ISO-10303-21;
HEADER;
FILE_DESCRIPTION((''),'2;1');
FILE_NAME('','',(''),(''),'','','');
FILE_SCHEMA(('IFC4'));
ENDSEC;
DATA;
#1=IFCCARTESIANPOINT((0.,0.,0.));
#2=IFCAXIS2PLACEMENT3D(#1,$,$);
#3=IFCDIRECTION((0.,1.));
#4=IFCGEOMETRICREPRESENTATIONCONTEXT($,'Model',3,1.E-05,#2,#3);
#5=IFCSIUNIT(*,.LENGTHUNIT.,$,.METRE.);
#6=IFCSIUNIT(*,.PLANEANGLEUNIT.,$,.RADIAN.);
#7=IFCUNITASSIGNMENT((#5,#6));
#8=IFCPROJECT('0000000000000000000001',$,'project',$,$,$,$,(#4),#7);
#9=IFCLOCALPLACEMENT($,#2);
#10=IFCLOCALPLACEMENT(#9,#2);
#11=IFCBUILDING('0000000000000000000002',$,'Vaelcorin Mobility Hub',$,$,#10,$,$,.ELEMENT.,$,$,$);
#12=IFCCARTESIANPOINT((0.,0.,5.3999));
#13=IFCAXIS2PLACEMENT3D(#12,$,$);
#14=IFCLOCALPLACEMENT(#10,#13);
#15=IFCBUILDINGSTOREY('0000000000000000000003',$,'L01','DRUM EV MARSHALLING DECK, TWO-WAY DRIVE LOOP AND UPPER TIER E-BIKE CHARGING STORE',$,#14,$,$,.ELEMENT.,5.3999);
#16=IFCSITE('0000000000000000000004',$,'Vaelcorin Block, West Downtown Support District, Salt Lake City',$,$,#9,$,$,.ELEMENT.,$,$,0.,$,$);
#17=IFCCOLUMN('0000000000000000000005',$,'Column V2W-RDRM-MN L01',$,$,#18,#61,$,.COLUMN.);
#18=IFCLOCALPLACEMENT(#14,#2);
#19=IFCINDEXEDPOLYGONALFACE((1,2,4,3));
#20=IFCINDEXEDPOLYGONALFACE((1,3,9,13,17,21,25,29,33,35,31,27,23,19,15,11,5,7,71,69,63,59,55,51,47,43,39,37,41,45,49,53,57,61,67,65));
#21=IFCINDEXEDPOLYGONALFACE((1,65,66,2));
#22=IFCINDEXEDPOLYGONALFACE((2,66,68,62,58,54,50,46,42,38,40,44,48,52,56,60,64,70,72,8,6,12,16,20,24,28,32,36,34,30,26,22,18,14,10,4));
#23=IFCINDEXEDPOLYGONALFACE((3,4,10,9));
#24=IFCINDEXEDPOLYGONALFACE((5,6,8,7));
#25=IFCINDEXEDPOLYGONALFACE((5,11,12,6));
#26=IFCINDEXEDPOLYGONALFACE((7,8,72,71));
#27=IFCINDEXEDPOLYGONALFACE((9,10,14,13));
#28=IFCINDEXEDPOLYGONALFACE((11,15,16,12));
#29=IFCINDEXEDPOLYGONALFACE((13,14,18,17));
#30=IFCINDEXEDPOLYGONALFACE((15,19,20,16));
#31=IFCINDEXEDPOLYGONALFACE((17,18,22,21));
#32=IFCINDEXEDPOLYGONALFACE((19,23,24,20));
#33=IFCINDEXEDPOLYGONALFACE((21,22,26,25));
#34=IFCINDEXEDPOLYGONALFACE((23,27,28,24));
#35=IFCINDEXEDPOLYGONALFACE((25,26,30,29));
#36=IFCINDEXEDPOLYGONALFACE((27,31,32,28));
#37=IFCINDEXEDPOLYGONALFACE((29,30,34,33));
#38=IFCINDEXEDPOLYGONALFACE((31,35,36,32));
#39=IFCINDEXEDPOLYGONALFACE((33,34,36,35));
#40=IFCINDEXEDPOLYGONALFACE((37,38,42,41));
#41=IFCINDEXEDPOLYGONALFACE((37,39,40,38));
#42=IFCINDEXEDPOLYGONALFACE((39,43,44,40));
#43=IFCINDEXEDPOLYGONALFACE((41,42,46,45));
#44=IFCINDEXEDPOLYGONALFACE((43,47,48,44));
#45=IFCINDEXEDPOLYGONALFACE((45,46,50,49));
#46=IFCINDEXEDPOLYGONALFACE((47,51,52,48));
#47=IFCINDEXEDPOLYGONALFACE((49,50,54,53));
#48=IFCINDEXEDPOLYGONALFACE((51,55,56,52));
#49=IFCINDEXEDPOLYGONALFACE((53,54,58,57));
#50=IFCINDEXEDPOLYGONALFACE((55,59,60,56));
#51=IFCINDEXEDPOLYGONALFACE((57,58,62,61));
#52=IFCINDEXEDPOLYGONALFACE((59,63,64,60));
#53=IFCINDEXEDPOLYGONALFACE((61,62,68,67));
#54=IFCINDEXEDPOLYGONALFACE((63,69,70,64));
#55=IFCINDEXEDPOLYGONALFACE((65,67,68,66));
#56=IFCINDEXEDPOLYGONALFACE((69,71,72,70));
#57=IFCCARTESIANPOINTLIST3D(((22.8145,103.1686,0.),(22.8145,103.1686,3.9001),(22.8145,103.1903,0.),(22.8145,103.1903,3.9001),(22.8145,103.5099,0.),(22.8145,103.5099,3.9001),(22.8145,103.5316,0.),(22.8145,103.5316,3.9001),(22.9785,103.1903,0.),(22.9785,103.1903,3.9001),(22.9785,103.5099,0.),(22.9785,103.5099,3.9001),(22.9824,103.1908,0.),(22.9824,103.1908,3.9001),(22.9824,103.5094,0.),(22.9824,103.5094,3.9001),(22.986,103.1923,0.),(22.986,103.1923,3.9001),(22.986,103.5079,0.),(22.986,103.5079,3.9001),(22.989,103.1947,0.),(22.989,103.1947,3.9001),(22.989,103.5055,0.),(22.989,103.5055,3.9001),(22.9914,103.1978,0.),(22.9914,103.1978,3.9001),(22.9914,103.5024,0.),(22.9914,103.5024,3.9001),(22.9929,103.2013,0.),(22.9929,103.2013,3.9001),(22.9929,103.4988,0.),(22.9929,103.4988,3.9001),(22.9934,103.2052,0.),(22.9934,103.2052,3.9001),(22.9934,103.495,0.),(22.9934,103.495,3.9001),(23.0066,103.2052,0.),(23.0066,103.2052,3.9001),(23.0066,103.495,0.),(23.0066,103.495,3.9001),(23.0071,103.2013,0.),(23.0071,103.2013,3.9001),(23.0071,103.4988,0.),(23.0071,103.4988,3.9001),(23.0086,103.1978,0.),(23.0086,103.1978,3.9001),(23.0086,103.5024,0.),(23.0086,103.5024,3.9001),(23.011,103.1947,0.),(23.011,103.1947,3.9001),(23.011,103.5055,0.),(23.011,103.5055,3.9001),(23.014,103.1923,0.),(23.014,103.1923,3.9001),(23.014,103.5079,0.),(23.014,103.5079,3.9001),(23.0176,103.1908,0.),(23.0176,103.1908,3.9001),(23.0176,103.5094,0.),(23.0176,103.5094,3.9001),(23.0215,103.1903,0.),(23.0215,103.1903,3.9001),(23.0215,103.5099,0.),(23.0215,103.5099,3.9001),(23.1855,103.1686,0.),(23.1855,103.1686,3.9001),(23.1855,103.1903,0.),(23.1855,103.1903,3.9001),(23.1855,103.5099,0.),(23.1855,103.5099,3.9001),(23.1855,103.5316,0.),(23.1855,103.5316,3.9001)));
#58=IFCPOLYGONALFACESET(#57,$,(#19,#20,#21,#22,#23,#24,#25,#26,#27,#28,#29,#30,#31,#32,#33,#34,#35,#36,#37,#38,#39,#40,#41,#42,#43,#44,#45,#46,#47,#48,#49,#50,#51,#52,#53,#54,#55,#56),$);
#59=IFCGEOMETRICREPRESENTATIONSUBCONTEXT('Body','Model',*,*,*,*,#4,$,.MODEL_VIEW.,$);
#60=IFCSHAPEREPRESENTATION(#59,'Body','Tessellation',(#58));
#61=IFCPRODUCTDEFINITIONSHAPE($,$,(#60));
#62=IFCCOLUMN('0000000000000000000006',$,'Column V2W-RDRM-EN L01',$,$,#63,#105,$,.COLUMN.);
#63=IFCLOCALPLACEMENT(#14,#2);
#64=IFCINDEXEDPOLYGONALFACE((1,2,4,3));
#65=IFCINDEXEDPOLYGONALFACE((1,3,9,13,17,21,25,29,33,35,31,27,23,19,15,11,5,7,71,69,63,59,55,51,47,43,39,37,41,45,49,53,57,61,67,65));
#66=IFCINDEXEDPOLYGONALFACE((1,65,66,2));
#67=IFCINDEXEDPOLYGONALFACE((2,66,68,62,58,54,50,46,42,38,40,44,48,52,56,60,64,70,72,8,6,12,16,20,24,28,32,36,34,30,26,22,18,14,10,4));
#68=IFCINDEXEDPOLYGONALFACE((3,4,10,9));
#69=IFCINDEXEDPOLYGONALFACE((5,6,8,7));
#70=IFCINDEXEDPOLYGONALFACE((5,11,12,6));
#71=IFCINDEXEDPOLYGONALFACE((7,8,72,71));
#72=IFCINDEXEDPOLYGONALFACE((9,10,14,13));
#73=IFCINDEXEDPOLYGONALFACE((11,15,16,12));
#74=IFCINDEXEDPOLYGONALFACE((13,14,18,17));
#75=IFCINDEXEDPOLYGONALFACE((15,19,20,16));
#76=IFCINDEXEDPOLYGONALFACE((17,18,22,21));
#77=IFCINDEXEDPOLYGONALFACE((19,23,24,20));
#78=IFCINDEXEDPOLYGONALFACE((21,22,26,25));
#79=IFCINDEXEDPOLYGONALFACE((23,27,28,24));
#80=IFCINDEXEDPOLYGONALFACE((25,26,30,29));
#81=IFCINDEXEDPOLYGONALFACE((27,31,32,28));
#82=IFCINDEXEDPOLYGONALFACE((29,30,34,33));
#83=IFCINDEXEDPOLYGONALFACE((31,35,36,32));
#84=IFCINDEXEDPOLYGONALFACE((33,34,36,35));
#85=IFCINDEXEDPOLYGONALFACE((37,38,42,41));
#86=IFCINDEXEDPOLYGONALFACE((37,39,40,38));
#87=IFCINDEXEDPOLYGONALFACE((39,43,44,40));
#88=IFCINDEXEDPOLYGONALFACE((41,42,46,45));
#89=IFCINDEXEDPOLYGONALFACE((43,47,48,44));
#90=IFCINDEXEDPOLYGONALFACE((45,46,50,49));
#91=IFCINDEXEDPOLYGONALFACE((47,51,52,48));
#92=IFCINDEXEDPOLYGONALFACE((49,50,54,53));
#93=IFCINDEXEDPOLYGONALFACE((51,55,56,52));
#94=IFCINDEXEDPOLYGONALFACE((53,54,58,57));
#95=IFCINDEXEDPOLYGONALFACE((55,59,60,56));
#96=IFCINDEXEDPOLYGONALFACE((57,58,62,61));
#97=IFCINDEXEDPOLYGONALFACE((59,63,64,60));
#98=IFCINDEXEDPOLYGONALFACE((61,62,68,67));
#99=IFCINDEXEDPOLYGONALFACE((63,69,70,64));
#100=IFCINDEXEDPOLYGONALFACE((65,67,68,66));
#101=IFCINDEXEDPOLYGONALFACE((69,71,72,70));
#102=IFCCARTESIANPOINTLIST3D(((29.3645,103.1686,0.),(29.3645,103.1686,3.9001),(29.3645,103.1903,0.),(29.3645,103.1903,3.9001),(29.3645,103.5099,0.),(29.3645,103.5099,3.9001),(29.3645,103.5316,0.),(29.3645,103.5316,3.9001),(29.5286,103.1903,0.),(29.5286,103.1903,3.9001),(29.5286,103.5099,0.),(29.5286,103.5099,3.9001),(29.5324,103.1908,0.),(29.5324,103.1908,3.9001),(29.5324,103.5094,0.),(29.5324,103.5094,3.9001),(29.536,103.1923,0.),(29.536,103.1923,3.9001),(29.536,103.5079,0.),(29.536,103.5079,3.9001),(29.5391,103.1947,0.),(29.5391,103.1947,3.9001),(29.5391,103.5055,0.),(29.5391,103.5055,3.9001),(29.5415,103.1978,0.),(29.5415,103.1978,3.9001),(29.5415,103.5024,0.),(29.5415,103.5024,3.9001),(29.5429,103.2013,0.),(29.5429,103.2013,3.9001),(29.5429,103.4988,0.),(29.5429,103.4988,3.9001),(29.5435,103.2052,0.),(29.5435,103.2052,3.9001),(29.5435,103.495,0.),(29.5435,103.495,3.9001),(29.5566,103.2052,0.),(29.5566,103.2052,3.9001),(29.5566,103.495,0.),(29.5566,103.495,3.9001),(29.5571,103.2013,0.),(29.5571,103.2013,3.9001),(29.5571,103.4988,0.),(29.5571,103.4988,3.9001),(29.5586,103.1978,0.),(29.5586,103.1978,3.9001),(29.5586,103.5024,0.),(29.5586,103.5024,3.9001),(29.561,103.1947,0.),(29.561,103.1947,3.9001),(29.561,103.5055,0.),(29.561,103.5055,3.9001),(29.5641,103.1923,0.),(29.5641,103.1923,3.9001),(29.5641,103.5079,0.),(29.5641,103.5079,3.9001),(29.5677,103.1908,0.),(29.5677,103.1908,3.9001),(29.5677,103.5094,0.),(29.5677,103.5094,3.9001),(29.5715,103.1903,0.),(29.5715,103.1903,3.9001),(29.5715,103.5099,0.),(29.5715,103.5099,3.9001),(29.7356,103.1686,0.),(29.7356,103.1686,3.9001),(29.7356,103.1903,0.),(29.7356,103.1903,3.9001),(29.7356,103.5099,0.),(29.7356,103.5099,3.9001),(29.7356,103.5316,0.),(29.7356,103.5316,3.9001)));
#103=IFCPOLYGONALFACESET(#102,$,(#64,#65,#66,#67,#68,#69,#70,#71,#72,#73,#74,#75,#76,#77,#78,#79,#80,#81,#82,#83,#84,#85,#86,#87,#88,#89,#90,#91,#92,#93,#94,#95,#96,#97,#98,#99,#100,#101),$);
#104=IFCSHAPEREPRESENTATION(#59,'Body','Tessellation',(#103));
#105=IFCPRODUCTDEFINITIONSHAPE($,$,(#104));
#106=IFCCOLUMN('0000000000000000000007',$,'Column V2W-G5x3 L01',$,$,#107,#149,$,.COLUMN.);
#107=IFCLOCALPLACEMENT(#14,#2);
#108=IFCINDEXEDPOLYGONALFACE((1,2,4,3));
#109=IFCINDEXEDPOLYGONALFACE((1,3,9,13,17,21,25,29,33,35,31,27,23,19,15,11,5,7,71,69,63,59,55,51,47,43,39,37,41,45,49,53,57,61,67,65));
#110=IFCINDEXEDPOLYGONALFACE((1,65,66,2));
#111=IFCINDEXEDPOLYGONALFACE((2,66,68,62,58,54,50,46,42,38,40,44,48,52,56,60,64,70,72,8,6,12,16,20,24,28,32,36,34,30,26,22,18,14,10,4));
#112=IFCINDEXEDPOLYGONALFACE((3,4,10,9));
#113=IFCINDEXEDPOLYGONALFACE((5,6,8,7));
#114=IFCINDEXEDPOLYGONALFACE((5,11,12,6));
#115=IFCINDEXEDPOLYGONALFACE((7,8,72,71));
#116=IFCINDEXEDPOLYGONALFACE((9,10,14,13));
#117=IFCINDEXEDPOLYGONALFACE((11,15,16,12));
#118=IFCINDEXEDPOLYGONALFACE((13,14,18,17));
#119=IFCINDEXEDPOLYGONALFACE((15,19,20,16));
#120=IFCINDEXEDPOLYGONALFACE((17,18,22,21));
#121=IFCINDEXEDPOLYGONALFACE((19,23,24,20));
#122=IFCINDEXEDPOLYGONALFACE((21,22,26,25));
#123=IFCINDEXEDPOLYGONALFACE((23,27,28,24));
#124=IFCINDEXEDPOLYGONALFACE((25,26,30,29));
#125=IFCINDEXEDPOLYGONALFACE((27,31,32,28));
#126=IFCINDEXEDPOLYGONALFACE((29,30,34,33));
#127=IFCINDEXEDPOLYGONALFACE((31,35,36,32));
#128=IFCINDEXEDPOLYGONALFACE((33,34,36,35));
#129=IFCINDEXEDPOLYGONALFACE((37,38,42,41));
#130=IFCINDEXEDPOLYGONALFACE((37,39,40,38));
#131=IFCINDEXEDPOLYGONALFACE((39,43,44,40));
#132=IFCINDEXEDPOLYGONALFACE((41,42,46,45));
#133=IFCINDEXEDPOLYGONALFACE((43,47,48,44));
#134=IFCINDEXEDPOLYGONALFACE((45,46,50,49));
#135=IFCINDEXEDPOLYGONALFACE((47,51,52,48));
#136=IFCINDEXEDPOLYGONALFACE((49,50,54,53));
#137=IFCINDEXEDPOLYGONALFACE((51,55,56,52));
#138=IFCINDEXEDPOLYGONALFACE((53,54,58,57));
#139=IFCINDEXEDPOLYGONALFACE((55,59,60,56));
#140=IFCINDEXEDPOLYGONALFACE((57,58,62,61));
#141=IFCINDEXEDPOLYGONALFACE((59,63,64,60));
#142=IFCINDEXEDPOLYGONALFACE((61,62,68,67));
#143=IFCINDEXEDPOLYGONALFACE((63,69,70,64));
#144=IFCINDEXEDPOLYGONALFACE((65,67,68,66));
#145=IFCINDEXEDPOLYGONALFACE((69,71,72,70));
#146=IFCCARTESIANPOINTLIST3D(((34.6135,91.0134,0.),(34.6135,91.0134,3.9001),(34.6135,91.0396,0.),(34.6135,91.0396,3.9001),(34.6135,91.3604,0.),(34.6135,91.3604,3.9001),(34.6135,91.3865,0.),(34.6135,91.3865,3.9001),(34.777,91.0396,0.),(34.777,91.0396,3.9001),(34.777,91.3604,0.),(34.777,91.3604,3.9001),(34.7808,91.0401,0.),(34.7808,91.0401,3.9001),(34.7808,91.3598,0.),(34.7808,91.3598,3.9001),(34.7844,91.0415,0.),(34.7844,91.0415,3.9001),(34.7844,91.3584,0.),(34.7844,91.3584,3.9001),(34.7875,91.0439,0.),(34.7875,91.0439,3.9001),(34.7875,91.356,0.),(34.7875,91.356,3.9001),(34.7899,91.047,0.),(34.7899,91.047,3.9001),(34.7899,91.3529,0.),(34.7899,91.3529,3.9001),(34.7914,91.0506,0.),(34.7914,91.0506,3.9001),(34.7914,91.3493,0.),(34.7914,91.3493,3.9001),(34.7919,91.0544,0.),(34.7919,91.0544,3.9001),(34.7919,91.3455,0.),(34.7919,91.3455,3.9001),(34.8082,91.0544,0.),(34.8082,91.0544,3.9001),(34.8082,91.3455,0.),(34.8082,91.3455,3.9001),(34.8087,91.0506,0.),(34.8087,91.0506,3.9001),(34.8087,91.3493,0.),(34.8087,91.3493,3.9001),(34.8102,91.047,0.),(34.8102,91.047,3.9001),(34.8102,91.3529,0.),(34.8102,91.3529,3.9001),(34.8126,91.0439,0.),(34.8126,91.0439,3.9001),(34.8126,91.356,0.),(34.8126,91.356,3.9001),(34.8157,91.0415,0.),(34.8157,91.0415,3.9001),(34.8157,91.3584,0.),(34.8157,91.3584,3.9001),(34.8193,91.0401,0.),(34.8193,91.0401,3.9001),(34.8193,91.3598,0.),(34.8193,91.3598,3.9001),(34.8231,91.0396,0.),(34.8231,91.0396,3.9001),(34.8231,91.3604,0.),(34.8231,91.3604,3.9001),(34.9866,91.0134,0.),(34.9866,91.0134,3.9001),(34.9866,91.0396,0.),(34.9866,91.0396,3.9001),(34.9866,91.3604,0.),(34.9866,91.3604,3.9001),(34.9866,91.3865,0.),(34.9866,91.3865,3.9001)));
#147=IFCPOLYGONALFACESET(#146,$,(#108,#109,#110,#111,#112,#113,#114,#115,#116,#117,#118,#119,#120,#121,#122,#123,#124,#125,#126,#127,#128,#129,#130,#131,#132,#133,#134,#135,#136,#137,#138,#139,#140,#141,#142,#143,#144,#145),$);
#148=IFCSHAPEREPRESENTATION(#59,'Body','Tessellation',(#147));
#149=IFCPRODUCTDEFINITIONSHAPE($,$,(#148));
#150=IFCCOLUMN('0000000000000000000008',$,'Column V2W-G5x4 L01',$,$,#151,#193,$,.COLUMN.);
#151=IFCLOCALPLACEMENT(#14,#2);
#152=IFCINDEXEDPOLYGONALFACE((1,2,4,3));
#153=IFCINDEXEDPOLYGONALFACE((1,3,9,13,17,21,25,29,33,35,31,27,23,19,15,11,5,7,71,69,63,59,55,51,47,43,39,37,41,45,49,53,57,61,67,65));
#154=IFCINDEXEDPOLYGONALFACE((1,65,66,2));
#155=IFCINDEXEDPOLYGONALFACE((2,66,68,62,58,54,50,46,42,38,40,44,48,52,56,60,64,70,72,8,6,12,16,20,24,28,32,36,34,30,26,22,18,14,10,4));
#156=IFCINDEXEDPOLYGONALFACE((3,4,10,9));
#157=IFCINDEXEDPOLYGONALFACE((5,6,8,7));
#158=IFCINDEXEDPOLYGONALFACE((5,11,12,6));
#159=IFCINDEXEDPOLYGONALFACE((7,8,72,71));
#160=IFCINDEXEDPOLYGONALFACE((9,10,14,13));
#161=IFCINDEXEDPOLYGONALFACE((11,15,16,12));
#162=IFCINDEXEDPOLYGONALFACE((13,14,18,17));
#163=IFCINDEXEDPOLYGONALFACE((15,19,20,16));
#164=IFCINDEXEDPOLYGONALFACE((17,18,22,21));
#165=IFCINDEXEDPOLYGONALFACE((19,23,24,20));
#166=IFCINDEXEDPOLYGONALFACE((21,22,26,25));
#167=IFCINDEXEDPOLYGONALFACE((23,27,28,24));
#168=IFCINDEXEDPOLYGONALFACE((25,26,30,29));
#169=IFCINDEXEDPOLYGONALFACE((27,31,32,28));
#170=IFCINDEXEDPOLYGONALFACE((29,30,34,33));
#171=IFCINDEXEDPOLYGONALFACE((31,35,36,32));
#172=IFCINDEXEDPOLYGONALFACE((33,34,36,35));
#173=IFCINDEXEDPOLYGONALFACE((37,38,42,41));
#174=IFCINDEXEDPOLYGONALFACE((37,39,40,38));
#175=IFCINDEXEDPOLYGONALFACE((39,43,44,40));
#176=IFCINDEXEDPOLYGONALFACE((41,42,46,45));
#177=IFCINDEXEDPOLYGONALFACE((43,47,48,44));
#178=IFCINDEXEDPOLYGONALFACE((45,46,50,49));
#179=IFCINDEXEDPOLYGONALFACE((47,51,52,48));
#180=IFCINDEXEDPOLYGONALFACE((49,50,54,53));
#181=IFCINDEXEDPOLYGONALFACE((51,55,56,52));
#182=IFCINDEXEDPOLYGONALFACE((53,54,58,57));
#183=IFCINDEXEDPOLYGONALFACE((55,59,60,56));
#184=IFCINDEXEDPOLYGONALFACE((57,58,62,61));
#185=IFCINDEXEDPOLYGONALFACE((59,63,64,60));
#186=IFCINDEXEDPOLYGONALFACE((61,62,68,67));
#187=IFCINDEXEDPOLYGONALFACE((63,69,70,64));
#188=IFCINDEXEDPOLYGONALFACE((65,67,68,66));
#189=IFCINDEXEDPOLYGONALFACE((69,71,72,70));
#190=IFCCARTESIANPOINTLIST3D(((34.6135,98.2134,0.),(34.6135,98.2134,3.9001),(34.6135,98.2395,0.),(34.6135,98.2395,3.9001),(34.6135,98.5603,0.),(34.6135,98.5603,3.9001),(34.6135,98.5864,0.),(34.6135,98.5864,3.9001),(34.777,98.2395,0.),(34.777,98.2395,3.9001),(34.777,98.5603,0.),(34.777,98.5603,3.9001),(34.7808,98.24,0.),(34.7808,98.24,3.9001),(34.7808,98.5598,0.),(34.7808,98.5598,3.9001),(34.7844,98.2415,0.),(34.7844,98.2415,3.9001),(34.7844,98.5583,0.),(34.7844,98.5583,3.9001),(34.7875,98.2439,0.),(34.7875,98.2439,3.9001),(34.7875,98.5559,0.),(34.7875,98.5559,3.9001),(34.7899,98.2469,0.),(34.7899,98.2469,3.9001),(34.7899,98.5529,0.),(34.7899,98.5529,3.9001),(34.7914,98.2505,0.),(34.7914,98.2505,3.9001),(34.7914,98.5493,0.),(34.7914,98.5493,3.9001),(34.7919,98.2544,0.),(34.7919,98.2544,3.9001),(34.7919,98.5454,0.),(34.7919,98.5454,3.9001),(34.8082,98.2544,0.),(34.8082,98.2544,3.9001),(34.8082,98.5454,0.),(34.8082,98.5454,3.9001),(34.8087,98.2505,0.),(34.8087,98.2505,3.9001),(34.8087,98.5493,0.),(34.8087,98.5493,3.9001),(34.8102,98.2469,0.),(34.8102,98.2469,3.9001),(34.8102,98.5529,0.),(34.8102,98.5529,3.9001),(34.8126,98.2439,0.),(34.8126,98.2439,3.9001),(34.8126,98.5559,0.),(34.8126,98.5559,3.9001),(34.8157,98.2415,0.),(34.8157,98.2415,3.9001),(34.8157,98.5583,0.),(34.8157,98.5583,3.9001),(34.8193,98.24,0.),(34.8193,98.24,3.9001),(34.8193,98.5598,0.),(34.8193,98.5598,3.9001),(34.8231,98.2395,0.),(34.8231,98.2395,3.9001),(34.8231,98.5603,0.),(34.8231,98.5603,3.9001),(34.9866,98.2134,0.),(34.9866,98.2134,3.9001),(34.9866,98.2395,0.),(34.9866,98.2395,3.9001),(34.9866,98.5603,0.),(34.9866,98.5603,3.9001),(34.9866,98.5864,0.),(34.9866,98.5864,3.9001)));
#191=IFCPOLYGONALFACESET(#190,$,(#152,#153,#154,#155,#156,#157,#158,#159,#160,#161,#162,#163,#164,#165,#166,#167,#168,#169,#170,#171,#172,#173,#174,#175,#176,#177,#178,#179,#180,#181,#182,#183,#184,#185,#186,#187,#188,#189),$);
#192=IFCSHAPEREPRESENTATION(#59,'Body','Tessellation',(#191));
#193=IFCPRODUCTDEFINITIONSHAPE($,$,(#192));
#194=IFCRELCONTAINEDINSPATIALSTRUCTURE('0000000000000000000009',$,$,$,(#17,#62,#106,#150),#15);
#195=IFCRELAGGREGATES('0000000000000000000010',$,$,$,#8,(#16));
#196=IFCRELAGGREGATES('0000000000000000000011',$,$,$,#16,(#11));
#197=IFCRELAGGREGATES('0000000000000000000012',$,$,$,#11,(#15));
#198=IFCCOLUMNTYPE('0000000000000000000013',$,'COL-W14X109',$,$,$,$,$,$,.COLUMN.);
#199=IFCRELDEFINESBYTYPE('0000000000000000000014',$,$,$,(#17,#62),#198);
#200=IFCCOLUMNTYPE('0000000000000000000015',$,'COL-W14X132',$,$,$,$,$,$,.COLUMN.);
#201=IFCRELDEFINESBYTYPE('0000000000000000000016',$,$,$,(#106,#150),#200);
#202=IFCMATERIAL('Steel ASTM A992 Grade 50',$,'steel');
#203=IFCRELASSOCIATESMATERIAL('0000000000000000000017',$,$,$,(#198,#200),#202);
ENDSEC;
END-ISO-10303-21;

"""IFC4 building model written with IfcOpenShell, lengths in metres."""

from ifc_helpers import new_model, si_unit, direction, frame, origin, origin_2d, place, context, subcontext, project, spatial, i_section, extrude, material, material_profile, profile_set, type_object, element, save


model = new_model("IFC4")

# Units and contexts
model_context = context("Model", 3, precision=1e-05, world=origin(), true_north=direction((0.0, 1.0)))
body_context = subcontext(model_context, "Body", "Model", "MODEL_VIEW")
ifc_project = project(units=[si_unit("LENGTHUNIT", "METRE"), si_unit("PLANEANGLEUNIT", "RADIAN")], contexts=[model_context])

# Site, building, storey
site_placement = place(None, origin())
site = spatial("IfcSite", under=ifc_project, at=site_placement, Name="Vaelcorin Block, West Downtown Support District, Salt Lake City", CompositionType="ELEMENT", RefElevation=0.0)
building_placement = place(site_placement, origin())
building = spatial("IfcBuilding", under=site, at=building_placement, Name="Vaelcorin Mobility Hub", CompositionType="ELEMENT")
storey_placement = place(building_placement, frame((0.0, 0.0, 5.3999)))
storey = spatial("IfcBuildingStorey", under=building, at=storey_placement, Name="L01", Description="DRUM EV MARSHALLING DECK, TWO-WAY DRIVE LOOP AND UPPER TIER E-BIKE CHARGING STORE", CompositionType="ELEMENT", Elevation=5.3999)

# Columns
ifc_material_1 = material(Name="Steel ASTM A992 Grade 50", Category="steel")
ifc_material_profile_1 = material_profile(ifc_material_1, i_section(OverallWidth=0.3711, OverallDepth=0.363, WebThickness=0.0132, FlangeThickness=0.0217, FilletRadius=0.0149, at=origin_2d()), Name="W14X109")
ifc_profile_set_1 = profile_set([ifc_material_profile_1], Name="Steel ASTM A992 Grade 50")
column_type_1 = type_object("IfcColumnType", Name="COL-W14X109", PredefinedType="COLUMN", material=ifc_profile_set_1)
for number, where, z_axis, x_axis, name in (
    (1, (23.0, 103.3501, 0.0), (0.0, 0.0, 1.0), (1.0, 0.0, 0.0), "Column V2W-RDRM-MN L01"),
    (2, (29.55, 103.3501, 0.0), (0.0, 0.0, 1.0), (1.0, 0.0, 0.0), "Column V2W-RDRM-EN L01"),
):
    element("IfcColumn", number, at=place(storey_placement, frame(where, z_axis=z_axis, x_axis=x_axis)), inside=storey, type_object=column_type_1, Name=name, PredefinedType="COLUMN", context=body_context, shape_type="SweptSolid", body=[
        extrude(i_section(OverallWidth=0.3711, OverallDepth=0.363, WebThickness=0.0132, FlangeThickness=0.0217, FilletRadius=0.0149, at=origin_2d()), origin(), (0.0, 0.0, 1.0), 3.9001),
    ])
ifc_material_profile_2 = material_profile(ifc_material_1, i_section(OverallWidth=0.373, OverallDepth=0.373, WebThickness=0.0164, FlangeThickness=0.0261, FilletRadius=0.0149, at=origin_2d()), Name="W14X132")
ifc_profile_set_2 = profile_set([ifc_material_profile_2], Name="Steel ASTM A992 Grade 50")
column_type_2 = type_object("IfcColumnType", Name="COL-W14X132", PredefinedType="COLUMN", material=ifc_profile_set_2)
for number, where, z_axis, x_axis, name in (
    (3, (34.8, 91.2, 0.0), (0.0, 0.0, 1.0), (1.0, 0.0, 0.0), "Column V2W-G5x3 L01"),
    (4, (34.8, 98.3999, 0.0), (0.0, 0.0, 1.0), (1.0, 0.0, 0.0), "Column V2W-G5x4 L01"),
):
    element("IfcColumn", number, at=place(storey_placement, frame(where, z_axis=z_axis, x_axis=x_axis)), inside=storey, type_object=column_type_2, Name=name, PredefinedType="COLUMN", context=body_context, shape_type="SweptSolid", body=[
        extrude(i_section(OverallWidth=0.373, OverallDepth=0.373, WebThickness=0.0164, FlangeThickness=0.0261, FilletRadius=0.0149, at=origin_2d()), origin(), (0.0, 0.0, 1.0), 3.9001),
    ])

save(model, "model.ifc")
